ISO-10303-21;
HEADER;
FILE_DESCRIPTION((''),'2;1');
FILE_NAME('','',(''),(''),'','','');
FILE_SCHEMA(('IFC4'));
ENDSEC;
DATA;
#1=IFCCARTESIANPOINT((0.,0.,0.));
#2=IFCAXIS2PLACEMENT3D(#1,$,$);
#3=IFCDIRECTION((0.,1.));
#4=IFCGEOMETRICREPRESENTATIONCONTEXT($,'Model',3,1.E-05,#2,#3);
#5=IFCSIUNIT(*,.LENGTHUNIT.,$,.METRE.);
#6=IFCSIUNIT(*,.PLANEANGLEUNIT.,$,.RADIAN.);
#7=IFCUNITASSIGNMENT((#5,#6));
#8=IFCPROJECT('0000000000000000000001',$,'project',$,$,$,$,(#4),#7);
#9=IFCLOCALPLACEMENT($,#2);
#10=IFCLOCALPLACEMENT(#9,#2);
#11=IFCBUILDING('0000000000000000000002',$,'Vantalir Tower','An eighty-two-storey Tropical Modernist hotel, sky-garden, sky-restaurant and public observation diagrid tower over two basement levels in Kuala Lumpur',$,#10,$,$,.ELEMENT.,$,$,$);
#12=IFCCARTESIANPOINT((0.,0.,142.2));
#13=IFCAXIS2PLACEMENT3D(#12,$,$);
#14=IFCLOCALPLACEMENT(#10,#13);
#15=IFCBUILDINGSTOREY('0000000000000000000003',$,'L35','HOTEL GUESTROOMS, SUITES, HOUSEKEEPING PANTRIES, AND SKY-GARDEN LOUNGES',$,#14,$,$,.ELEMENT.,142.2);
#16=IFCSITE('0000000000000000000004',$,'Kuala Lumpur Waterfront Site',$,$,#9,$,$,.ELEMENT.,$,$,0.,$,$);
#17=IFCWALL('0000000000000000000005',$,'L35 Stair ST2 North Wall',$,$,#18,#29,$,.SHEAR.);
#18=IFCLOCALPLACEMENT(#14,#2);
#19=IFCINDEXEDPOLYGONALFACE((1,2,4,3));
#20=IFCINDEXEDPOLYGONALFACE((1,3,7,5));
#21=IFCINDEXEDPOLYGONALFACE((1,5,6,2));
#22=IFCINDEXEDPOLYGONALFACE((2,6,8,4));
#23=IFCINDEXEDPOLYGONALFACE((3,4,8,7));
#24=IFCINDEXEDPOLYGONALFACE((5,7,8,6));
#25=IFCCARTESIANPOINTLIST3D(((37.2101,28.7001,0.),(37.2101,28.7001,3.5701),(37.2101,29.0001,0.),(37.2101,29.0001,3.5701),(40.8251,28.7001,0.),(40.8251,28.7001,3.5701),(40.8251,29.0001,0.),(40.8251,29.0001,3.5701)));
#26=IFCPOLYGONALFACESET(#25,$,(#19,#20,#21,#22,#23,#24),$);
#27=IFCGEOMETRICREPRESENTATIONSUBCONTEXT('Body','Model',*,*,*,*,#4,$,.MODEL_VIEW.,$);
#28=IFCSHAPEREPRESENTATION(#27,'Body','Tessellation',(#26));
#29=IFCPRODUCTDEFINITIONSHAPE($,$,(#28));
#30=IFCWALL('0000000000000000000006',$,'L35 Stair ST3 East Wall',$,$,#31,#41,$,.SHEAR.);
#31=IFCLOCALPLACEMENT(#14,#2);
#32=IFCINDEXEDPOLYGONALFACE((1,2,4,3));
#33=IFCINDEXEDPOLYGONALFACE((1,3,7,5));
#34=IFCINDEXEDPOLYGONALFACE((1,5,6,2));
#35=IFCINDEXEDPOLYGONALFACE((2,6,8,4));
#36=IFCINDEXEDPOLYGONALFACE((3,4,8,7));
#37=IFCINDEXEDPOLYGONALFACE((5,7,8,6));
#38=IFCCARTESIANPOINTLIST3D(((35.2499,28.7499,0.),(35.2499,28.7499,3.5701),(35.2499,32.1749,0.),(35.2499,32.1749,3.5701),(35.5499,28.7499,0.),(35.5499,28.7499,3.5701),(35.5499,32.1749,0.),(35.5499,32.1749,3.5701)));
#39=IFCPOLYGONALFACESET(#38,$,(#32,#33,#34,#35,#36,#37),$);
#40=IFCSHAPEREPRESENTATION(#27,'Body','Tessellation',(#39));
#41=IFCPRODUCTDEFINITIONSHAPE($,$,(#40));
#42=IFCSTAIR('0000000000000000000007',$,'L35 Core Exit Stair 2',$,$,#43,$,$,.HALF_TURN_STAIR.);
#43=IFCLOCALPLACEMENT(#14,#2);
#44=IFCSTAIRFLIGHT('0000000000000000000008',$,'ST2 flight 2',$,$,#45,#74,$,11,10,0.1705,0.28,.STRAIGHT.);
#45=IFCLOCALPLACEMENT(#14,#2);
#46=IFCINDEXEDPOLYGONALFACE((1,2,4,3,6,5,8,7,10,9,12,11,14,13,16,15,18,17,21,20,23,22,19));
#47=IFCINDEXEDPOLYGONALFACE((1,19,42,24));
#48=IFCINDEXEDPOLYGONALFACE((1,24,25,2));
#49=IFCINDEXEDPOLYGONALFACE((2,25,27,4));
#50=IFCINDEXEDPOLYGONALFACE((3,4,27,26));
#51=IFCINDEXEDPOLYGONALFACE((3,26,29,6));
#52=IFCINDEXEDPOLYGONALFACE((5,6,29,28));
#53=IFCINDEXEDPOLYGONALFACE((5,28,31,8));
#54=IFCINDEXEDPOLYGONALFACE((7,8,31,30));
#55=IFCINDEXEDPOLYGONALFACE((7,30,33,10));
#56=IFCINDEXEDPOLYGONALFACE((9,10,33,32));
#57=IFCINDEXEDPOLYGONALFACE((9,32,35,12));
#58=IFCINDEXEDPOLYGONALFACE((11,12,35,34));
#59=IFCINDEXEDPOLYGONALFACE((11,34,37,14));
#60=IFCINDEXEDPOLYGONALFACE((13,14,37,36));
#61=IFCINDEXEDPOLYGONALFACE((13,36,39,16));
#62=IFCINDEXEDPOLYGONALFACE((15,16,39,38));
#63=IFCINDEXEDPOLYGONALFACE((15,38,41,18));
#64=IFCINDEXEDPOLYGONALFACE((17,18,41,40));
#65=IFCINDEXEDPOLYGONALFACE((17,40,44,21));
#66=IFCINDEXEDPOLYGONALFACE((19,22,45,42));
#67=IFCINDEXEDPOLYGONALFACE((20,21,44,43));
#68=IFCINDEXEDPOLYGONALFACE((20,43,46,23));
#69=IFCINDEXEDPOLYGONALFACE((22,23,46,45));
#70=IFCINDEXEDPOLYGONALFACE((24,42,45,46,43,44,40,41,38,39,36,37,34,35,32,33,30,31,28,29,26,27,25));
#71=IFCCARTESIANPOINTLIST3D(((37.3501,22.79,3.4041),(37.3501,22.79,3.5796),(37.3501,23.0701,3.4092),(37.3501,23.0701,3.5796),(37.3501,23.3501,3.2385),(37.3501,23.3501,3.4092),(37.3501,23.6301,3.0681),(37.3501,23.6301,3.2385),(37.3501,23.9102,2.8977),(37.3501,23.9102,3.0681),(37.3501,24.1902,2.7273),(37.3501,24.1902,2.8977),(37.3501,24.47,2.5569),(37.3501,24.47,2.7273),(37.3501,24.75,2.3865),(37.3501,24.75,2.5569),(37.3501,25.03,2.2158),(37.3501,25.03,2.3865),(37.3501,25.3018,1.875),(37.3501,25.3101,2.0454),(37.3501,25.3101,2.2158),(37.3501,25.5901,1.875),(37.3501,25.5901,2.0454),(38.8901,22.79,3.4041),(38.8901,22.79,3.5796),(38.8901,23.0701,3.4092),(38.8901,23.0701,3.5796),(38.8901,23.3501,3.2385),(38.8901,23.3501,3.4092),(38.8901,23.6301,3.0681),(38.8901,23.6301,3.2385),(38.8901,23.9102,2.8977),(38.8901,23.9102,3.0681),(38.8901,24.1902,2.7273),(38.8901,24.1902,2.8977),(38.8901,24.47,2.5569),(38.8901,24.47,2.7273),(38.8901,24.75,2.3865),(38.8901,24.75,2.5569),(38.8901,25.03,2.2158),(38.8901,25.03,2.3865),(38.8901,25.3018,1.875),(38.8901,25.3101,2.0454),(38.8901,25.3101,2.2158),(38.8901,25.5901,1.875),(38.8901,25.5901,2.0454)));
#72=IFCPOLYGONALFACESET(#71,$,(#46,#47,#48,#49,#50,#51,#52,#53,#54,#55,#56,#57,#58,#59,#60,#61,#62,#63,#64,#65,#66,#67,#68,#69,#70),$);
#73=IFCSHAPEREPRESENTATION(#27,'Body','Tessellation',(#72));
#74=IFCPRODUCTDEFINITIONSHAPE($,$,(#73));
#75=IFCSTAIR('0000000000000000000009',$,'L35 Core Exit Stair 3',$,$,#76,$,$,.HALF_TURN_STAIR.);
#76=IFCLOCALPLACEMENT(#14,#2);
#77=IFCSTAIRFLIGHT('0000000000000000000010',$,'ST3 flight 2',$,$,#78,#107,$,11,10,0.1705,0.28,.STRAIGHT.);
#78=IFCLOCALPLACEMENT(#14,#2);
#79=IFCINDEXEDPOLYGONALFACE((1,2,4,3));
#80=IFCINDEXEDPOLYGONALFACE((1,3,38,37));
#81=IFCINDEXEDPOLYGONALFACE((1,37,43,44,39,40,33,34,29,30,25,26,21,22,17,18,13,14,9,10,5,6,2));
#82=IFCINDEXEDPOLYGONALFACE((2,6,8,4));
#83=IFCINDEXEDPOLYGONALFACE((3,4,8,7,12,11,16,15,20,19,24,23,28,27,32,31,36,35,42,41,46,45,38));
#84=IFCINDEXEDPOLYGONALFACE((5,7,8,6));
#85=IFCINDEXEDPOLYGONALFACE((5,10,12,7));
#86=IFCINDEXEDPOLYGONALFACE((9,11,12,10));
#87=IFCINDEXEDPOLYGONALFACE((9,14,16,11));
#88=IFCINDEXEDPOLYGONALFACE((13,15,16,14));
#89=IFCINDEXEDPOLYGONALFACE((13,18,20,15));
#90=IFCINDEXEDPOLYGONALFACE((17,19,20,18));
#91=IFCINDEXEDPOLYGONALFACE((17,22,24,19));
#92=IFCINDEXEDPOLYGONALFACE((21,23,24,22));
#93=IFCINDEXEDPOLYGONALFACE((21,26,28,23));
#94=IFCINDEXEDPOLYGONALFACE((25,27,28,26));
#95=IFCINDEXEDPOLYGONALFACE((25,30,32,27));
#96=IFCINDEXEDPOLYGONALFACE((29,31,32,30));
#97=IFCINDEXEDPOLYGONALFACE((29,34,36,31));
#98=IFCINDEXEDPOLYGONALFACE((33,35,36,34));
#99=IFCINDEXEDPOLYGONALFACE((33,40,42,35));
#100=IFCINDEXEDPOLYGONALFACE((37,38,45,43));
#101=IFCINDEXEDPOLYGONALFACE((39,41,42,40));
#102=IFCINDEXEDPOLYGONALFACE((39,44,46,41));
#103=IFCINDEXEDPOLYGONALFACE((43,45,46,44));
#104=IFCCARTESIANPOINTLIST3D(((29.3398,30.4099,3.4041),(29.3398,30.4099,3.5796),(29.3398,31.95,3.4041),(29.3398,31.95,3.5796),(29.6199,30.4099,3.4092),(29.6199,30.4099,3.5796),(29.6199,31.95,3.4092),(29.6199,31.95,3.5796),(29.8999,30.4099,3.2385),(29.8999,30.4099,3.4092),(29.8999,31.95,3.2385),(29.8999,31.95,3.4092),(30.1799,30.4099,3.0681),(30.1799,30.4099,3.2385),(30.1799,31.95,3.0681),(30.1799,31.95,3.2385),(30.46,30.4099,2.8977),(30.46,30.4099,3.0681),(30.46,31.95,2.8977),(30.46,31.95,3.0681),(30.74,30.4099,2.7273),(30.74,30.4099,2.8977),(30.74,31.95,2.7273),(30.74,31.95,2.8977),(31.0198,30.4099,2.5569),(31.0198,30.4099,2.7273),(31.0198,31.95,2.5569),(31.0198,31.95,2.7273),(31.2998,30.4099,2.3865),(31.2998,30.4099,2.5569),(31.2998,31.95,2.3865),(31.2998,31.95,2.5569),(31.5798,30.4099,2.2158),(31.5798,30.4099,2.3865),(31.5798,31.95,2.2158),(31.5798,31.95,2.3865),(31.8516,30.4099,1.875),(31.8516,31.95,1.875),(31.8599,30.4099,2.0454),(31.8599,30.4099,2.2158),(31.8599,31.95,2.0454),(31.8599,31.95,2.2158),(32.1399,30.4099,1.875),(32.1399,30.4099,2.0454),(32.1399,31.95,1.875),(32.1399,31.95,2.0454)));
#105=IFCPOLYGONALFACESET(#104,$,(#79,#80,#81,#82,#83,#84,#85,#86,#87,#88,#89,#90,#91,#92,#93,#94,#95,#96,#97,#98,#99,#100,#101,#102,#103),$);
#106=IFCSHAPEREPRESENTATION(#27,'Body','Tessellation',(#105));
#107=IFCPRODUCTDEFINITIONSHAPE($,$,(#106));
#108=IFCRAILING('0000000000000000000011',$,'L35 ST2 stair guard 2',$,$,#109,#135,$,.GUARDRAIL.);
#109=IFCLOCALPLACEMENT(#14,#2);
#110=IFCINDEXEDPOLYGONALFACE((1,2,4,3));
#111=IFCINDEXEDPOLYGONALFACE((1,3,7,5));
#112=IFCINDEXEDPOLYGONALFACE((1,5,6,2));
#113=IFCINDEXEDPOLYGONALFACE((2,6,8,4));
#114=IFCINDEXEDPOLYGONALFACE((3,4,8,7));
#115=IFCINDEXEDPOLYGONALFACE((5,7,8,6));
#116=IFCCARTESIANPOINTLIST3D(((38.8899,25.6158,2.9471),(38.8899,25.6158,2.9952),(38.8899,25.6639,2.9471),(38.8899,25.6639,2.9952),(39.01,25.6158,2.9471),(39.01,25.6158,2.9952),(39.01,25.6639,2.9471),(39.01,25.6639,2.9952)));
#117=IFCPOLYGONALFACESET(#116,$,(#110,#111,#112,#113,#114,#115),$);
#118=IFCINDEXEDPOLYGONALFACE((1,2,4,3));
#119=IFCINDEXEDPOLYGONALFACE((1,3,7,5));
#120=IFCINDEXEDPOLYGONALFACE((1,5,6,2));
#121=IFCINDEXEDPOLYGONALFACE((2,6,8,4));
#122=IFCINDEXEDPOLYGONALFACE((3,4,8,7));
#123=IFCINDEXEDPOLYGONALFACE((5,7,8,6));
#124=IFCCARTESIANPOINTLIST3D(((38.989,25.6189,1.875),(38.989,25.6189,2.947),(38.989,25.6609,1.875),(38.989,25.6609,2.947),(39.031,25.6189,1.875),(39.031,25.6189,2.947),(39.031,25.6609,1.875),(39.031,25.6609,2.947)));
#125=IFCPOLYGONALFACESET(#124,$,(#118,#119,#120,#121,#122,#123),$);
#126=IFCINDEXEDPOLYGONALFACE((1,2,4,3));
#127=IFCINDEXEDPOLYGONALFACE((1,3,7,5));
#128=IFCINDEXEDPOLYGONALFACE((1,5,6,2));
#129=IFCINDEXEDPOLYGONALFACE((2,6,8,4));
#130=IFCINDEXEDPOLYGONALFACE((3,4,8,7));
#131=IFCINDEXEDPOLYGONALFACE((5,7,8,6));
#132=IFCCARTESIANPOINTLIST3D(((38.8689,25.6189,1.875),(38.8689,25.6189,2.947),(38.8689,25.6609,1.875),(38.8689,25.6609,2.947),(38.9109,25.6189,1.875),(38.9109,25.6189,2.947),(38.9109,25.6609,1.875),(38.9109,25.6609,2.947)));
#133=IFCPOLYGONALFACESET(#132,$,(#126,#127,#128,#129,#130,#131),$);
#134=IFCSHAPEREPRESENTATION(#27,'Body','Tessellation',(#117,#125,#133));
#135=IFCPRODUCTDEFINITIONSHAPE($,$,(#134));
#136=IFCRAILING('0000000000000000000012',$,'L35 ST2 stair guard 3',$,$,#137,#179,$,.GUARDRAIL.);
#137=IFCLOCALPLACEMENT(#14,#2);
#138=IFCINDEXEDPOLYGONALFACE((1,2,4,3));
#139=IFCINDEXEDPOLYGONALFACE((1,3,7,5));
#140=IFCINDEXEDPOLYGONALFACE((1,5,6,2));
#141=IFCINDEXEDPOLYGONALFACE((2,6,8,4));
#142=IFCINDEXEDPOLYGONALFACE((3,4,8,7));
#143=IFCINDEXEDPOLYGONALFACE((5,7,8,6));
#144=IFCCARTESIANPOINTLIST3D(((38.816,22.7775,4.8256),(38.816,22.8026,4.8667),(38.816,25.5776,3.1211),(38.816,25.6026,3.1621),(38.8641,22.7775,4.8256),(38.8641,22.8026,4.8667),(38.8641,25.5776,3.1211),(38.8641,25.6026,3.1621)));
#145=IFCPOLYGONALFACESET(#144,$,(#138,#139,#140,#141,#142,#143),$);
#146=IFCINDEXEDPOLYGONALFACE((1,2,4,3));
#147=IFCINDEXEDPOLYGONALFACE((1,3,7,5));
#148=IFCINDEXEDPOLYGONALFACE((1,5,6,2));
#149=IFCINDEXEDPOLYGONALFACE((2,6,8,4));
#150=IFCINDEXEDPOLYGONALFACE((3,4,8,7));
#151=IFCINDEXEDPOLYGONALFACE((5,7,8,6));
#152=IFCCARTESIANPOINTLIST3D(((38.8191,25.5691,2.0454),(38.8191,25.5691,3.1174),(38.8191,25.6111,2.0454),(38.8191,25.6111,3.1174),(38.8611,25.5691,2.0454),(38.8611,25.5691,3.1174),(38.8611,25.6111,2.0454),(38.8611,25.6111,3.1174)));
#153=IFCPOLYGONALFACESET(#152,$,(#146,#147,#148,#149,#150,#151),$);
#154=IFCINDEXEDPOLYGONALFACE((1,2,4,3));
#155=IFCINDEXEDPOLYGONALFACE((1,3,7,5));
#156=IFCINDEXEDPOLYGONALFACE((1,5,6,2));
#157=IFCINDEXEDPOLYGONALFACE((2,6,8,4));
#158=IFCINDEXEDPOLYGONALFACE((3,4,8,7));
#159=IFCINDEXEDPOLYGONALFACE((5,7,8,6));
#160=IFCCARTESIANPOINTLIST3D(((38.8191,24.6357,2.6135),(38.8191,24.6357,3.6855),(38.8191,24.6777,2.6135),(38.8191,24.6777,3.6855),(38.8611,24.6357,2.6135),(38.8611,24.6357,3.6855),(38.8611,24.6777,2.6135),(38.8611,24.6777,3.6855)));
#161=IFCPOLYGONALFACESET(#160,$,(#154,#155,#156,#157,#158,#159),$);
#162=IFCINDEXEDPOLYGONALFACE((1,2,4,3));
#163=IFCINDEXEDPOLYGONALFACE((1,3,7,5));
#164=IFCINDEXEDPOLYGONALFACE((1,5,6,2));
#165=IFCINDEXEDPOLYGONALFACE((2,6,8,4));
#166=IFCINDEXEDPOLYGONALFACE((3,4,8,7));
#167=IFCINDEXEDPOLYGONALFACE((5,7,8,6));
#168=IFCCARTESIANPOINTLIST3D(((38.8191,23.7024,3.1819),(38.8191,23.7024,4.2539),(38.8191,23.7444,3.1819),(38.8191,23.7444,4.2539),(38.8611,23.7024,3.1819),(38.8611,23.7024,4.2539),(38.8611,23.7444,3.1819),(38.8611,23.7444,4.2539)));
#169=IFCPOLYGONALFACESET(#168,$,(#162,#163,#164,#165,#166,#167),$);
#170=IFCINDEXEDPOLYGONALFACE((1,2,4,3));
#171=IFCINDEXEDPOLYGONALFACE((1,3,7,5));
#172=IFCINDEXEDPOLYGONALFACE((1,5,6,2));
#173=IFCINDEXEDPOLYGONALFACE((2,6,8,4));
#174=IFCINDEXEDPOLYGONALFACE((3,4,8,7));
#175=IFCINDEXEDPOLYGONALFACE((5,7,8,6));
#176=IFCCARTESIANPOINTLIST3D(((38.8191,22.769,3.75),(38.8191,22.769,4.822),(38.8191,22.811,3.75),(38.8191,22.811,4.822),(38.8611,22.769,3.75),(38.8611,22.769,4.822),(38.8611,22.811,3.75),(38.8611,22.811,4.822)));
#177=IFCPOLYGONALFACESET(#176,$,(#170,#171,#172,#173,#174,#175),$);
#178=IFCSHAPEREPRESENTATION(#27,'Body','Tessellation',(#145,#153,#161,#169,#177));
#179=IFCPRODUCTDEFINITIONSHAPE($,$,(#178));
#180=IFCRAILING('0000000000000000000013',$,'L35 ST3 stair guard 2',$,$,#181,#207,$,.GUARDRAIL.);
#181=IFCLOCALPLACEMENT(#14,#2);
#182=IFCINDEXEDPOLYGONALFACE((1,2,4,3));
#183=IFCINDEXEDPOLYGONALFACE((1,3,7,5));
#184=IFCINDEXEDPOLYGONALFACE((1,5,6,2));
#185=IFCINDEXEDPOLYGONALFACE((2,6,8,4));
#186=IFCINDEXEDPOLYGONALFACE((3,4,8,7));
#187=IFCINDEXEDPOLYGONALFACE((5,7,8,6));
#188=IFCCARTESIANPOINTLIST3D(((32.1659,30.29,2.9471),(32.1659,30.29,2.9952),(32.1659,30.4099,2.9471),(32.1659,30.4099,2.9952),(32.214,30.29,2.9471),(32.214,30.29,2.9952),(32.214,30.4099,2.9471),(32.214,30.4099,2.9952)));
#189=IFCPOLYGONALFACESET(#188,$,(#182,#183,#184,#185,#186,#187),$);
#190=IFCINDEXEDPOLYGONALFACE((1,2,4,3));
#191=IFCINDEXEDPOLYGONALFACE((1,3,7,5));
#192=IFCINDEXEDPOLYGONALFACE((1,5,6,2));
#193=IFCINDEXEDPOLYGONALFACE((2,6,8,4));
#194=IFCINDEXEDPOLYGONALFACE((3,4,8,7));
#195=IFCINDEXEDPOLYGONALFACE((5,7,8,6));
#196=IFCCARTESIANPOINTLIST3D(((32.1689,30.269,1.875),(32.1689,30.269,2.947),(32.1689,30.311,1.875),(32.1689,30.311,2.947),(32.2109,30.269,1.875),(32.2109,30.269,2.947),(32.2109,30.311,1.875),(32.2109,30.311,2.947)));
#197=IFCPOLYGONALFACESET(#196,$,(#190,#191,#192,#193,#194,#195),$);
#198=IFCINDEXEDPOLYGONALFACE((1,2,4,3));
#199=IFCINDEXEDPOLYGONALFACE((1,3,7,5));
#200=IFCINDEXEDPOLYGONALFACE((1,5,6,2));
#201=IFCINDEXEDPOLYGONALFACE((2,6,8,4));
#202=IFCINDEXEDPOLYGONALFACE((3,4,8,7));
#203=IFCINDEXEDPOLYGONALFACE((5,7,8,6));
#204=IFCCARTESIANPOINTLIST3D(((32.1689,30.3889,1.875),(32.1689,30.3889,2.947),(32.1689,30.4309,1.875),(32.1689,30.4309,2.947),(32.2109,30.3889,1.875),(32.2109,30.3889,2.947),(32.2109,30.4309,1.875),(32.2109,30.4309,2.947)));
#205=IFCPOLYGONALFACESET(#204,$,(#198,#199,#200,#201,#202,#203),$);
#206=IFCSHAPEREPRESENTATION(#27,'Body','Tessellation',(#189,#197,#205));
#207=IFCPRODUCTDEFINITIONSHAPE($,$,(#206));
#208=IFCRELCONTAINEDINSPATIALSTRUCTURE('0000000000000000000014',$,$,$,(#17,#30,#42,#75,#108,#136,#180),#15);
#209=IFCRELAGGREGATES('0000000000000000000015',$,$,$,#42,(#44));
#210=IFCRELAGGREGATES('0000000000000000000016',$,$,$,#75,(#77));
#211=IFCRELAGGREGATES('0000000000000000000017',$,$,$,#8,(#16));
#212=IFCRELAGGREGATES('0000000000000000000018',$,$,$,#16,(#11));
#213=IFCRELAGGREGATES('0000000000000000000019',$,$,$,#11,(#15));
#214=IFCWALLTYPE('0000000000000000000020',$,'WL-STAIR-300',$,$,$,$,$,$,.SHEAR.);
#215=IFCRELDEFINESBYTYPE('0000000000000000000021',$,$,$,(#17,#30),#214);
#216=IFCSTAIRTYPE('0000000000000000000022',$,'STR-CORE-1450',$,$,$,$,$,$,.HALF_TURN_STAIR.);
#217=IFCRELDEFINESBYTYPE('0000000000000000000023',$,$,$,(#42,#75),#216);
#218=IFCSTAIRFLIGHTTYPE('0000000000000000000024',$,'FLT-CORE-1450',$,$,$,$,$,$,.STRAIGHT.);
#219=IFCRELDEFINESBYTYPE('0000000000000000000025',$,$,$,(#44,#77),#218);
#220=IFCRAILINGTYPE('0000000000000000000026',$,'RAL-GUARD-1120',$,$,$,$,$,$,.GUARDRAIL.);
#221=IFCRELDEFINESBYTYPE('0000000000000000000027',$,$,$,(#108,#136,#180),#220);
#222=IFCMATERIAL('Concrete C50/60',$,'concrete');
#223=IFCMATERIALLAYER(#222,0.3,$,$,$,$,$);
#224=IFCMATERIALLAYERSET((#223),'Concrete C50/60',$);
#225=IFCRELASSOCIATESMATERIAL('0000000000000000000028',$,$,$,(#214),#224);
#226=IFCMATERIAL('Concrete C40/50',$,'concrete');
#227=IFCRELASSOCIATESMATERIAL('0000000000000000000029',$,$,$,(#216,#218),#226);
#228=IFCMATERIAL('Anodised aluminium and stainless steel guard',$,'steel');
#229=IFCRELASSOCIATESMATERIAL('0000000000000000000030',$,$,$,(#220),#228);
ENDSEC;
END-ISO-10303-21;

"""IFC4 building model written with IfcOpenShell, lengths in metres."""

from ifc_helpers import new_model, si_unit, direction, frame, frame_2d, origin, origin_2d, place, context, subcontext, project, spatial, polyline, rectangle, outline, extrude, material, layer, layer_set, type_object, element, aggregate, save


model = new_model("IFC4")

# Units and contexts
model_context = context("Model", 3, precision=1e-05, world=origin(), true_north=direction((0.0, 1.0)))
body_context = subcontext(model_context, "Body", "Model", "MODEL_VIEW")
ifc_project = project(units=[si_unit("LENGTHUNIT", "METRE"), si_unit("PLANEANGLEUNIT", "RADIAN")], contexts=[model_context])

# Site, building, storey
site_placement = place(None, origin())
site = spatial("IfcSite", under=ifc_project, at=site_placement, Name="Kuala Lumpur Waterfront Site", CompositionType="ELEMENT", RefElevation=0.0)
building_placement = place(site_placement, origin())
building = spatial("IfcBuilding", under=site, at=building_placement, Name="Vantalir Tower", Description="An eighty-two-storey Tropical Modernist hotel, sky-garden, sky-restaurant and public observation diagrid tower over two basement levels in Kuala Lumpur", CompositionType="ELEMENT")
storey_placement = place(building_placement, frame((0.0, 0.0, 142.2)))
storey = spatial("IfcBuildingStorey", under=building, at=storey_placement, Name="L35", Description="HOTEL GUESTROOMS, SUITES, HOUSEKEEPING PANTRIES, AND SKY-GARDEN LOUNGES", CompositionType="ELEMENT", Elevation=142.2)

# Walls
ifc_material_1 = material(Name="Concrete C50/60", Category="concrete")
ifc_layer_1 = layer(ifc_material_1, 0.3)
ifc_layer_set_1 = layer_set([ifc_layer_1], Name="Concrete C50/60")
wall_type_1 = type_object("IfcWallType", Name="WL-STAIR-300", PredefinedType="SHEAR", material=ifc_layer_set_1)
wall_1_placement = place(storey_placement, frame((37.21, 28.8501, 0.0), z_axis=(0.0, 0.0, 1.0), x_axis=(1.0, 0.0, 0.0)))
element("IfcWall", 1, at=wall_1_placement, inside=storey, type_object=wall_type_1, Name="L35 Stair ST2 North Wall", PredefinedType="SHEAR", context=body_context, shape_type="SweptSolid", body=[
    extrude(rectangle(XDim=3.615, YDim=0.3, at=frame_2d((1.8076, 0.0))), origin(), (0.0, 0.0, 1.0), 3.5701),
])
wall_2_placement = place(storey_placement, frame((35.3999, 28.75, 0.0), z_axis=(0.0, 0.0, 1.0), x_axis=(0.0, 1.0, 0.0)))
element("IfcWall", 2, at=wall_2_placement, inside=storey, type_object=wall_type_1, Name="L35 Stair ST3 East Wall", PredefinedType="SHEAR", context=body_context, shape_type="SweptSolid", body=[
    extrude(rectangle(XDim=3.425, YDim=0.3, at=frame_2d((1.7124, 0.0))), origin(), (0.0, 0.0, 1.0), 3.5701),
])

# Stairs, stair flights
ifc_material_2 = material(Name="Concrete C40/50", Category="concrete")
stair_type = type_object("IfcStairType", Name="STR-CORE-1450", PredefinedType="HALF_TURN_STAIR", material=ifc_material_2)
stair_1_placement = place(storey_placement, origin())
stair_1 = element("IfcStair", 3, at=stair_1_placement, inside=storey, type_object=stair_type, Name="L35 Core Exit Stair 2", PredefinedType="HALF_TURN_STAIR")
stair_flight_type = type_object("IfcStairFlightType", Name="FLT-CORE-1450", PredefinedType="STRAIGHT", material=ifc_material_2)
stair_flight_1_placement = place(storey_placement, frame((38.1201, 25.5901, 1.875), z_axis=(0.0, 0.0, 1.0), x_axis=(0.0, -1.0, 0.0)))
stair_flight_1 = element("IfcStairFlight", 4, at=stair_flight_1_placement, type_object=stair_flight_type, Name="ST2 flight 2", NumberOfRisers=11, NumberOfTreads=10, PredefinedType="STRAIGHT", RiserHeight=0.1705, TreadLength=0.28, context=body_context, shape_type="SweptSolid", body=[
    extrude(outline(polyline([(0.0, 0.0), (0.0, 0.1704), (0.28, 0.1704), (0.28, 0.3408), (0.5601, 0.3408), (0.5601, 0.5115), (0.8401, 0.5115), (0.8401, 0.6819), (1.1201, 0.6819), (1.1201, 0.8523), (1.3999, 0.8523), (1.3999, 1.0227), (1.6799, 1.0227), (1.6799, 1.1931), (1.96, 1.1931), (1.96, 1.3635), (2.24, 1.3635), (2.24, 1.5342), (2.52, 1.5342), (2.52, 1.7046), (2.8, 1.7046), (2.8, 1.875), (2.8, 1.5291), (0.2883, 0.0), (0.0, 0.0)])), frame((0.0, 0.77, 0.0), z_axis=(0.0, -1.0, 0.0), x_axis=(1.0, 0.0, 0.0)), (0.0, 0.0, 1.0), 1.54),
])
aggregate(stair_1, [stair_flight_1])
stair_2_placement = place(storey_placement, origin())
stair_2 = element("IfcStair", 5, at=stair_2_placement, inside=storey, type_object=stair_type, Name="L35 Core Exit Stair 3", PredefinedType="HALF_TURN_STAIR")
stair_flight_2_placement = place(storey_placement, frame((32.1399, 31.1799, 1.875), z_axis=(0.0, 0.0, 1.0), x_axis=(-1.0, 0.0, 0.0)))
stair_flight_2 = element("IfcStairFlight", 6, at=stair_flight_2_placement, type_object=stair_flight_type, Name="ST3 flight 2", NumberOfRisers=11, NumberOfTreads=10, PredefinedType="STRAIGHT", RiserHeight=0.1705, TreadLength=0.28, context=body_context, shape_type="SweptSolid", body=[
    extrude(outline(polyline([(0.0, 0.0), (0.0, 0.1704), (0.28, 0.1704), (0.28, 0.3408), (0.5601, 0.3408), (0.5601, 0.5115), (0.8401, 0.5115), (0.8401, 0.6819), (1.1201, 0.6819), (1.1201, 0.8523), (1.3999, 0.8523), (1.3999, 1.0227), (1.6799, 1.0227), (1.6799, 1.1931), (1.96, 1.1931), (1.96, 1.3635), (2.24, 1.3635), (2.24, 1.5342), (2.52, 1.5342), (2.52, 1.7046), (2.8, 1.7046), (2.8, 1.875), (2.8, 1.5291), (0.2883, 0.0), (0.0, 0.0)])), frame((0.0, 0.77, 0.0), z_axis=(0.0, -1.0, 0.0), x_axis=(1.0, 0.0, 0.0)), (0.0, 0.0, 1.0), 1.54),
])
aggregate(stair_2, [stair_flight_2])

# Railings
ifc_material_3 = material(Name="Anodised aluminium and stainless steel guard", Category="steel")
railing_type_1 = type_object("IfcRailingType", Name="RAL-GUARD-1120", PredefinedType="GUARDRAIL", material=ifc_material_3)
railing_1_placement = place(storey_placement, frame((39.01, 25.6399, 1.875)))
element("IfcRailing", 7, at=railing_1_placement, inside=storey, type_object=railing_type_1, Name="L35 ST2 stair guard 2", PredefinedType="GUARDRAIL", context=body_context, shape_type="SweptSolid", body=[
    extrude(rectangle(XDim=0.0481, YDim=0.0481, at=origin_2d()), frame((0.0, 0.0, 1.0962), z_axis=(-1.0, 0.0, 0.0), x_axis=(0.0, -1.0, 0.0)), (0.0, 0.0, 1.0), 0.1201),
    extrude(rectangle(XDim=0.042, YDim=0.042, at=origin_2d()), origin(), (0.0, 0.0, 1.0), 1.072),
    extrude(rectangle(XDim=0.042, YDim=0.042, at=origin_2d()), frame((-0.1201, 0.0, 0.0)), (0.0, 0.0, 1.0), 1.072),
])
railing_2_placement = place(storey_placement, frame((38.8401, 25.5901, 2.0454)))
element("IfcRailing", 8, at=railing_2_placement, inside=storey, type_object=railing_type_1, Name="L35 ST2 stair guard 3", PredefinedType="GUARDRAIL", context=body_context, shape_type="SweptSolid", body=[
    extrude(rectangle(XDim=0.0481, YDim=0.0481, at=origin_2d()), frame((0.0, 0.0, 1.0962), z_axis=(0.0, -0.85417, 0.519994), x_axis=(1.0, 0.0, 0.0)), (0.0, 0.0, 1.0), 3.2781),
    extrude(rectangle(XDim=0.042, YDim=0.042, at=origin_2d()), origin(), (0.0, 0.0, 1.0), 1.072),
    extrude(rectangle(XDim=0.042, YDim=0.042, at=origin_2d()), frame((0.0, -0.9333, 0.5681)), (0.0, 0.0, 1.0), 1.072),
    extrude(rectangle(XDim=0.042, YDim=0.042, at=origin_2d()), frame((0.0, -1.8667, 1.1365)), (0.0, 0.0, 1.0), 1.072),
    extrude(rectangle(XDim=0.042, YDim=0.042, at=origin_2d()), frame((0.0, -2.8, 1.7046)), (0.0, 0.0, 1.0), 1.072),
])
railing_3_placement = place(storey_placement, frame((32.1899, 30.29, 1.875)))
element("IfcRailing", 9, at=railing_3_placement, inside=storey, type_object=railing_type_1, Name="L35 ST3 stair guard 2", PredefinedType="GUARDRAIL", context=body_context, shape_type="SweptSolid", body=[
    extrude(rectangle(XDim=0.0481, YDim=0.0481, at=origin_2d()), frame((0.0, 0.0, 1.0962), z_axis=(0.0, 1.0, 0.0), x_axis=(-1.0, 0.0, 0.0)), (0.0, 0.0, 1.0), 0.1199),
    extrude(rectangle(XDim=0.042, YDim=0.042, at=origin_2d()), origin(), (0.0, 0.0, 1.0), 1.072),
    extrude(rectangle(XDim=0.042, YDim=0.042, at=origin_2d()), frame((0.0, 0.1199, 0.0)), (0.0, 0.0, 1.0), 1.072),
])

save(model, "model.ifc")
